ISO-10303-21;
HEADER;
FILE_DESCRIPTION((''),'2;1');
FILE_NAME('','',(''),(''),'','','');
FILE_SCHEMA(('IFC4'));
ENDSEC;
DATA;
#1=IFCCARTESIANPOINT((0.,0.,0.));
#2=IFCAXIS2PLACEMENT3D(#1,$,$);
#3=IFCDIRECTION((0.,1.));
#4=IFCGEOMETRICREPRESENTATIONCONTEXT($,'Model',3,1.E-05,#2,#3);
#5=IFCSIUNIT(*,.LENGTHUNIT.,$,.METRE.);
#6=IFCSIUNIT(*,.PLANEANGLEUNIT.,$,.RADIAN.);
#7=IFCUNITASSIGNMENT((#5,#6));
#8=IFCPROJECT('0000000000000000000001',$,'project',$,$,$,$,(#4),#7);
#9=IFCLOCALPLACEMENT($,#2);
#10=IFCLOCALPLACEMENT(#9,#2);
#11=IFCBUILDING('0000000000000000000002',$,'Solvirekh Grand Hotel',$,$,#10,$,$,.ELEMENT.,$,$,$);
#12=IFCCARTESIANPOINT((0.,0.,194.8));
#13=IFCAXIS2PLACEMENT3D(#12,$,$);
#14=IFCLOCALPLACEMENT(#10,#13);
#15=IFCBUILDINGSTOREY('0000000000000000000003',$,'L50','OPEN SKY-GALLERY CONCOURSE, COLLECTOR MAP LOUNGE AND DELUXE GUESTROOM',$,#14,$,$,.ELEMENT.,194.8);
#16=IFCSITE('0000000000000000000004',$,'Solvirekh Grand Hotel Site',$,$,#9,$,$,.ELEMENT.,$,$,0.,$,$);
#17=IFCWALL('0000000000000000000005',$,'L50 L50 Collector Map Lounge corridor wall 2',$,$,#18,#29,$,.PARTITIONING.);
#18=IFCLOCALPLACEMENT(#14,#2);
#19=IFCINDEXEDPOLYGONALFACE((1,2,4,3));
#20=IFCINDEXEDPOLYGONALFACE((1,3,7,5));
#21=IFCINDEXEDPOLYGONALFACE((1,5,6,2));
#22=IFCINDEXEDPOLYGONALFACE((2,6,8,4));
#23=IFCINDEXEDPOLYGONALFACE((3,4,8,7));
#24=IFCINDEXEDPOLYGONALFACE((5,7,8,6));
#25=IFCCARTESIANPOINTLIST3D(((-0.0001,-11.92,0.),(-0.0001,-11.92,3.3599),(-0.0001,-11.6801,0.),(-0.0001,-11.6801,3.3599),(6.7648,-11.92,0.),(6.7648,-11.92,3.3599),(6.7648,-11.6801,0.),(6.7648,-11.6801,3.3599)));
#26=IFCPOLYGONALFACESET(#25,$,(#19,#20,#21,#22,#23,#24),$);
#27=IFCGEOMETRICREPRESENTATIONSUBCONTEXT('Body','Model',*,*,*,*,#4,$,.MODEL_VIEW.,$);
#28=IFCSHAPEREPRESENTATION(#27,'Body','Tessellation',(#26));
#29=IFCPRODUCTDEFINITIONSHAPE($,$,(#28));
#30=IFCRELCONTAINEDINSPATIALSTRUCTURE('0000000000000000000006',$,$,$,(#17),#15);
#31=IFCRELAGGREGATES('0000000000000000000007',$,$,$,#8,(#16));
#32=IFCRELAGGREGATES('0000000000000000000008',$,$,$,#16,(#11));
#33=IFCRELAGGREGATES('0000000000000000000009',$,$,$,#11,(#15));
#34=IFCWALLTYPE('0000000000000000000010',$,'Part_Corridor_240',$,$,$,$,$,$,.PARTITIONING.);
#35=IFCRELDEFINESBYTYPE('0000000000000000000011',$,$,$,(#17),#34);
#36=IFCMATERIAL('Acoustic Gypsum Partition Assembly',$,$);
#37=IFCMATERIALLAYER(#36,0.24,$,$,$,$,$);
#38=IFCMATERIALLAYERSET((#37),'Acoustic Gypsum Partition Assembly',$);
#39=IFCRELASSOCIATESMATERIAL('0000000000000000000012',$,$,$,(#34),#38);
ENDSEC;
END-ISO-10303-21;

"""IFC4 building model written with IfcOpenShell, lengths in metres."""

from ifc_helpers import new_model, si_unit, direction, frame, frame_2d, origin, place, context, subcontext, project, spatial, rectangle, extrude, material, layer, layer_set, type_object, element, save


model = new_model("IFC4")

# Units and contexts
model_context = context("Model", 3, precision=1e-05, world=origin(), true_north=direction((0.0, 1.0)))
body_context = subcontext(model_context, "Body", "Model", "MODEL_VIEW")
ifc_project = project(units=[si_unit("LENGTHUNIT", "METRE"), si_unit("PLANEANGLEUNIT", "RADIAN")], contexts=[model_context])

# Site, building, storey
site_placement = place(None, origin())
site = spatial("IfcSite", under=ifc_project, at=site_placement, Name="Solvirekh Grand Hotel Site", CompositionType="ELEMENT", RefElevation=0.0)
building_placement = place(site_placement, origin())
building = spatial("IfcBuilding", under=site, at=building_placement, Name="Solvirekh Grand Hotel", CompositionType="ELEMENT")
storey_placement = place(building_placement, frame((0.0, 0.0, 194.8)))
storey = spatial("IfcBuildingStorey", under=building, at=storey_placement, Name="L50", Description="OPEN SKY-GALLERY CONCOURSE, COLLECTOR MAP LOUNGE AND DELUXE GUESTROOM", CompositionType="ELEMENT", Elevation=194.8)

# Shared definitions
ifc_material_1 = material(Name="Acoustic Gypsum Partition Assembly")

# Wall
ifc_layer_1 = layer(ifc_material_1, 0.24)
ifc_layer_set_1 = layer_set([ifc_layer_1], Name="Acoustic Gypsum Partition Assembly")
wall_type_1 = type_object("IfcWallType", Name="Part_Corridor_240", PredefinedType="PARTITIONING", material=ifc_layer_set_1)
wall_1_placement = place(storey_placement, frame((0.0, -11.8, 0.0), z_axis=(0.0, 0.0, 1.0), x_axis=(1.0, 0.0, 0.0)))
element("IfcWall", 1, at=wall_1_placement, inside=storey, type_object=wall_type_1, Name="L50 L50 Collector Map Lounge corridor wall 2", PredefinedType="PARTITIONING", context=body_context, shape_type="SweptSolid", body=[
    extrude(rectangle(XDim=6.7649, YDim=0.24, at=frame_2d((3.3823, 0.0))), origin(), (0.0, 0.0, 1.0), 3.3599),
])

save(model, "model.ifc")
